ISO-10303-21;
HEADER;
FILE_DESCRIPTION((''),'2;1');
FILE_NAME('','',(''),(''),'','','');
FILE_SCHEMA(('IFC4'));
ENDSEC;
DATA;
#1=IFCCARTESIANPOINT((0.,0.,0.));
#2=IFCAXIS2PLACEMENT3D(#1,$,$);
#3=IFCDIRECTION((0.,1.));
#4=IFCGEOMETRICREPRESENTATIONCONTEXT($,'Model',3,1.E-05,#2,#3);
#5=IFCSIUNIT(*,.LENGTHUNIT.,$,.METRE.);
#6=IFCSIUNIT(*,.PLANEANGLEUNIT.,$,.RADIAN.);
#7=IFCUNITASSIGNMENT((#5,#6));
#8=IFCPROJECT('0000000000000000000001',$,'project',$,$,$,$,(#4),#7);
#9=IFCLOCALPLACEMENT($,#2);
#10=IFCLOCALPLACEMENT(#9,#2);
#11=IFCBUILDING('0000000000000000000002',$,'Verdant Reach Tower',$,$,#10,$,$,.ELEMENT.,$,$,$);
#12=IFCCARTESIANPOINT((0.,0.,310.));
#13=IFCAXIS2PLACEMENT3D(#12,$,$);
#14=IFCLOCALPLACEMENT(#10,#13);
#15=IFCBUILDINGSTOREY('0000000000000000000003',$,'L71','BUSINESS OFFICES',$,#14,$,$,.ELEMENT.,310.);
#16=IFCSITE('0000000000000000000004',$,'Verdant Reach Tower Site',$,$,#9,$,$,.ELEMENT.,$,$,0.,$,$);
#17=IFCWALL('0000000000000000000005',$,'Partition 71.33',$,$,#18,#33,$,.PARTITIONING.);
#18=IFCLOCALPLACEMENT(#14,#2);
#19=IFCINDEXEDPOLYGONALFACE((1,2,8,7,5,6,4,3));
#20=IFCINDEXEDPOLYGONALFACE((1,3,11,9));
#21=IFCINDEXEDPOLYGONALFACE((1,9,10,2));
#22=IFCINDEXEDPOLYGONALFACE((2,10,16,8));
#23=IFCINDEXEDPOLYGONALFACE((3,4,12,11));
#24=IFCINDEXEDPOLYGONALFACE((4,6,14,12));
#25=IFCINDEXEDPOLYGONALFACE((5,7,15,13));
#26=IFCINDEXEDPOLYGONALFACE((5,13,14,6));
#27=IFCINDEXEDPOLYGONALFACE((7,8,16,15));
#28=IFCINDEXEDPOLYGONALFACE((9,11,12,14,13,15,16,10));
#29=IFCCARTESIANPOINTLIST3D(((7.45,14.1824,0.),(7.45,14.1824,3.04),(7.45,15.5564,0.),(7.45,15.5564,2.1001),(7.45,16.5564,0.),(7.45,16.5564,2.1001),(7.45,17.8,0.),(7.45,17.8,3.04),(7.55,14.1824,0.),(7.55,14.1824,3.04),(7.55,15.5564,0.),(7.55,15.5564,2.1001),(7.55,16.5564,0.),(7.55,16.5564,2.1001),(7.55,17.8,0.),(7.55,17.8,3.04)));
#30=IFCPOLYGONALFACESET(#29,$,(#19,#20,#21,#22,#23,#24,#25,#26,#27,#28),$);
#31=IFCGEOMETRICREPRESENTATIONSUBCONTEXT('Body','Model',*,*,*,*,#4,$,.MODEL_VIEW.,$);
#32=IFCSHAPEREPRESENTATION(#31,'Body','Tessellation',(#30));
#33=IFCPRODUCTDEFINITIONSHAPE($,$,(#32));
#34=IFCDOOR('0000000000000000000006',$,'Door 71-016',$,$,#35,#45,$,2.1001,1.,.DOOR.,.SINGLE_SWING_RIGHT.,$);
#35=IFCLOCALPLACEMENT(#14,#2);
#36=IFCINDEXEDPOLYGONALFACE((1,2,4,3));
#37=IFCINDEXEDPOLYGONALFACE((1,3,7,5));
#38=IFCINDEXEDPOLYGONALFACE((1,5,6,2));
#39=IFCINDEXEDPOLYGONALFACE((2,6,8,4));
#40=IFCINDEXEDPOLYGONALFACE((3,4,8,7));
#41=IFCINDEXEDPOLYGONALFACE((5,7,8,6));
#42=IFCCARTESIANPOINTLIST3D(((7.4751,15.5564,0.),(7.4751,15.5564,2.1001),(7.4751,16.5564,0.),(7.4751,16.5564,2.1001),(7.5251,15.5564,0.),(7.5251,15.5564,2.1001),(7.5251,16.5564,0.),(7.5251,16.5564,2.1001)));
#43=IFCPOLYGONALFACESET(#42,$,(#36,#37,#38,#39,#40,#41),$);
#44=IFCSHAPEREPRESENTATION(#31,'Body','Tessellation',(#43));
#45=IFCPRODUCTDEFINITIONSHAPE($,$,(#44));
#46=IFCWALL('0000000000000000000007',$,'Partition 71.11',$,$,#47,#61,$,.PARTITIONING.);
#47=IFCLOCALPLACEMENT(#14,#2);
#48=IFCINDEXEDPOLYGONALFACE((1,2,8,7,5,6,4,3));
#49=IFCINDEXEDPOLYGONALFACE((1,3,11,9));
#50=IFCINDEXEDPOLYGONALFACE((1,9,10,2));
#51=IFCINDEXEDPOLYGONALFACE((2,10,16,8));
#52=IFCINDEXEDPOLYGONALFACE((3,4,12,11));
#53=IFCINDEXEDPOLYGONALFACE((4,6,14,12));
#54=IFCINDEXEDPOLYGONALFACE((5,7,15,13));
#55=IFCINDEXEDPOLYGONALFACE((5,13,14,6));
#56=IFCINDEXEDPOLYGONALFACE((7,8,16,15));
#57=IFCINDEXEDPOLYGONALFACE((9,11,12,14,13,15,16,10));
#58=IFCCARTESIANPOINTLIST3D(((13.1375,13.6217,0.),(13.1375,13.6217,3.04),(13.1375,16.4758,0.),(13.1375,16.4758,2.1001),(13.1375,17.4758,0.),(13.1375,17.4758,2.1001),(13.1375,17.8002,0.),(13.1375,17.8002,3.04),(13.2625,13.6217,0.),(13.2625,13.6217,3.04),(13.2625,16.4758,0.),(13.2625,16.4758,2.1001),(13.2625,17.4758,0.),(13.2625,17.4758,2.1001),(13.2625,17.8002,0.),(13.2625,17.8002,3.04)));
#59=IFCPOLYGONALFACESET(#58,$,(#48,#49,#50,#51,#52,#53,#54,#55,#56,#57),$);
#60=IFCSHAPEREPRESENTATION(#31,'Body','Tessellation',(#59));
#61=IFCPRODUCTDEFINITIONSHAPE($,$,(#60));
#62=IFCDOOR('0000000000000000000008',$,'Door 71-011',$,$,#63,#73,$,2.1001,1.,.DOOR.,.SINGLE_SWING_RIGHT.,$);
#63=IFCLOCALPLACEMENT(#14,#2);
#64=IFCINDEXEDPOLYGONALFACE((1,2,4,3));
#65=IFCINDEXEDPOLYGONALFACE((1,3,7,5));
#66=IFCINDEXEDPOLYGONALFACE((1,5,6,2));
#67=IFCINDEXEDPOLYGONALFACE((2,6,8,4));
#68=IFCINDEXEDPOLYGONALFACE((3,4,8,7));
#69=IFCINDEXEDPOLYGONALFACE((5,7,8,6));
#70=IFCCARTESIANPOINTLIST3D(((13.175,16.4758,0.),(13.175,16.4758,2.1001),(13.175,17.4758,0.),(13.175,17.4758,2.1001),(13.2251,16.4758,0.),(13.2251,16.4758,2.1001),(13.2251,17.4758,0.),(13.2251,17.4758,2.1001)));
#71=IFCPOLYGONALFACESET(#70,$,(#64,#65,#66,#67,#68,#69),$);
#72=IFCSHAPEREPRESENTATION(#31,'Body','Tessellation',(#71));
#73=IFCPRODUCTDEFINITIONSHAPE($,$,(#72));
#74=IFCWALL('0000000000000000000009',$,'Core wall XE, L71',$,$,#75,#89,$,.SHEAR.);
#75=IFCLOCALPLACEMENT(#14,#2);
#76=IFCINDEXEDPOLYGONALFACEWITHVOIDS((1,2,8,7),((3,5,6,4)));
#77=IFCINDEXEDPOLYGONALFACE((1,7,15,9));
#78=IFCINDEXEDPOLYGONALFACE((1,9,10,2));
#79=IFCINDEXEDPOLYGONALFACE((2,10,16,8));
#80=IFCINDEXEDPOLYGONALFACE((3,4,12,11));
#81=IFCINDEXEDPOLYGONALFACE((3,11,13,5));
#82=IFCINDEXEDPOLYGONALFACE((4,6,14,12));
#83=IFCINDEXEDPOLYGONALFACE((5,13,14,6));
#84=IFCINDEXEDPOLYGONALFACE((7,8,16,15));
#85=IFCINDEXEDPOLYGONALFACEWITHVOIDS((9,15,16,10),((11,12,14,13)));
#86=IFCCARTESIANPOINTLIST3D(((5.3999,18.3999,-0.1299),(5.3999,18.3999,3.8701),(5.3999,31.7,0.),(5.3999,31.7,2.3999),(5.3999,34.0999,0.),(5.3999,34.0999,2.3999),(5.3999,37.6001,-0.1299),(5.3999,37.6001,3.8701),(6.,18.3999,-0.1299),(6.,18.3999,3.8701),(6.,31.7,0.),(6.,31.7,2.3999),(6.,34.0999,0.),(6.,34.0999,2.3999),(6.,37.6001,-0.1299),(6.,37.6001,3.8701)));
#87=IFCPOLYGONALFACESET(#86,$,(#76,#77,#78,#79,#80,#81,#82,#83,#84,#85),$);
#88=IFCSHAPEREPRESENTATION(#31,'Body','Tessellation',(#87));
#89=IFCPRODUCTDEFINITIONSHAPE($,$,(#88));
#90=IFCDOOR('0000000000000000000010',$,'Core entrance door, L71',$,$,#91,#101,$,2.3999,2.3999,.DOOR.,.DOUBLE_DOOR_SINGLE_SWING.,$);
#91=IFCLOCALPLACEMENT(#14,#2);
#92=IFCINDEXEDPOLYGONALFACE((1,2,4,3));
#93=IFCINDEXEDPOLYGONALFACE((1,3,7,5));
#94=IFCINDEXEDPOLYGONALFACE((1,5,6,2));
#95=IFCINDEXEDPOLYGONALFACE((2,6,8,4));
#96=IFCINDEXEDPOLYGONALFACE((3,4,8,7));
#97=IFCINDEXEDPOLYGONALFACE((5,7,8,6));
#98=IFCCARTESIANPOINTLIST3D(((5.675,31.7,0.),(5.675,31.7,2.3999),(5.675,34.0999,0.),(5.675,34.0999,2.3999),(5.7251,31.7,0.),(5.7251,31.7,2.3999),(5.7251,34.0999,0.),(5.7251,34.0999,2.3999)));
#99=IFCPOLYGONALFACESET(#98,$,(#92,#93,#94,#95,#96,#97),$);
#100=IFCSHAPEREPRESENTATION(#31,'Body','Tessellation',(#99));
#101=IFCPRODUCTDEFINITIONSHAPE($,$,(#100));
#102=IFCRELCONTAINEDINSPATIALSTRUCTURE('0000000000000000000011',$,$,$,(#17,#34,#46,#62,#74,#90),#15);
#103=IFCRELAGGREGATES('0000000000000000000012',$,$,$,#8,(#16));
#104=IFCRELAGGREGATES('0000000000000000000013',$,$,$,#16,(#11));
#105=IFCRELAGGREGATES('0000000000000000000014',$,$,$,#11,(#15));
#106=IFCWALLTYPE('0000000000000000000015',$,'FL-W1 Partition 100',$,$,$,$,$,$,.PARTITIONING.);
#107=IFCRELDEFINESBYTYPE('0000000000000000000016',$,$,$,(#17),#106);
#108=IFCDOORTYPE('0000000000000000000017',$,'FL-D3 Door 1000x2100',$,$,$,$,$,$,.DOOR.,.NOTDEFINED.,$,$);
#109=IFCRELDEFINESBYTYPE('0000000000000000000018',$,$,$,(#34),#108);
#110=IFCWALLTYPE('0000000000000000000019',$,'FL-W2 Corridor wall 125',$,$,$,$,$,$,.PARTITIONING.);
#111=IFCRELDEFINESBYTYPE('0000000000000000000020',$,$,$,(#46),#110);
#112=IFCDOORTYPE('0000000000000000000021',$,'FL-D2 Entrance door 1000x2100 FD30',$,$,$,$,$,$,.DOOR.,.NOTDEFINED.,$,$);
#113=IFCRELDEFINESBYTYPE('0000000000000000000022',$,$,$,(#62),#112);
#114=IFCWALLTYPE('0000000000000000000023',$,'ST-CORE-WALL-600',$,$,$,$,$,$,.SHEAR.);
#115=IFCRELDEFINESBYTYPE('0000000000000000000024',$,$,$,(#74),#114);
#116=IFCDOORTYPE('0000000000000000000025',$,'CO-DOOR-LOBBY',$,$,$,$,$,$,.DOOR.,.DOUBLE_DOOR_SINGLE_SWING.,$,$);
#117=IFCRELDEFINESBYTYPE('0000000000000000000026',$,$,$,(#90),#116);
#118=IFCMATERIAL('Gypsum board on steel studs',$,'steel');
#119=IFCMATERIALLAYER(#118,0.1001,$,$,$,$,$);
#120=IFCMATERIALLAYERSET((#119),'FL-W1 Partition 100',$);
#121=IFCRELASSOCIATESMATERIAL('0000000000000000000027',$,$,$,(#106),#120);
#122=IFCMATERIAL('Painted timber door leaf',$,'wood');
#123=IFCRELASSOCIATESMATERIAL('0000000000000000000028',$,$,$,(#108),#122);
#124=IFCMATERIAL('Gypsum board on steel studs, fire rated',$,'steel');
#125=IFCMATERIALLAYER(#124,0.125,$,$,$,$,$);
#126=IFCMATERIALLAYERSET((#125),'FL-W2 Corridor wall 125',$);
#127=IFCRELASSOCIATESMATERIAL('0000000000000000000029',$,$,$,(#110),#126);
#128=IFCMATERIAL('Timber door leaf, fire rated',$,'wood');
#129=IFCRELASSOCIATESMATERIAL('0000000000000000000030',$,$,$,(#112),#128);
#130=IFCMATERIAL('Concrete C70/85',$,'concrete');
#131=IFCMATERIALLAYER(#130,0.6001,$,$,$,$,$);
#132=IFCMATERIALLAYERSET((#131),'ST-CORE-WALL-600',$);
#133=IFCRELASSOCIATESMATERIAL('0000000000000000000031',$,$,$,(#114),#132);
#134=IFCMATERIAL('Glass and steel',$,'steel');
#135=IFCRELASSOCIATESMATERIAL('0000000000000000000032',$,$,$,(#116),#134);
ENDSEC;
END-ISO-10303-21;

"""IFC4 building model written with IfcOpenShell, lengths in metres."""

from ifc_helpers import new_model, si_unit, direction, frame, frame_2d, origin, place, context, subcontext, project, spatial, rectangle, extrude, material, layer, layer_set, type_object, element, fill, save


model = new_model("IFC4")

# Units and contexts
model_context = context("Model", 3, precision=1e-05, world=origin(), true_north=direction((0.0, 1.0)))
body_context = subcontext(model_context, "Body", "Model", "MODEL_VIEW")
ifc_project = project(units=[si_unit("LENGTHUNIT", "METRE"), si_unit("PLANEANGLEUNIT", "RADIAN")], contexts=[model_context])

# Site, building, storey
site_placement = place(None, origin())
site = spatial("IfcSite", under=ifc_project, at=site_placement, Name="Verdant Reach Tower Site", CompositionType="ELEMENT", RefElevation=0.0)
building_placement = place(site_placement, origin())
building = spatial("IfcBuilding", under=site, at=building_placement, Name="Verdant Reach Tower", CompositionType="ELEMENT")
storey_placement = place(building_placement, frame((0.0, 0.0, 310.0)))
storey = spatial("IfcBuildingStorey", under=building, at=storey_placement, Name="L71", Description="BUSINESS OFFICES", CompositionType="ELEMENT", Elevation=310.0)

# Shared definitions
ifc_material_1 = material(Name="Gypsum board on steel studs", Category="steel")
ifc_layer_1 = layer(ifc_material_1, 0.1001)
ifc_layer_set_1 = layer_set([ifc_layer_1], Name="FL-W1 Partition 100")
wall_type_1 = type_object("IfcWallType", Name="FL-W1 Partition 100", PredefinedType="PARTITIONING", material=ifc_layer_set_1)

# Walls, openings, doors
wall_1_placement = place(storey_placement, frame((7.5, 14.1824, 0.0), z_axis=(0.0, 0.0, 1.0), x_axis=(0.0, 1.0, 0.0)))
wall_1 = element("IfcWall", 1, at=wall_1_placement, inside=storey, type_object=wall_type_1, Name="Partition 71.33", PredefinedType="PARTITIONING", context=body_context, shape_type="SweptSolid", body=[
    extrude(rectangle(XDim=3.6177, YDim=0.1001, at=frame_2d((1.8088, 0.0))), origin(), (0.0, 0.0, 1.0), 3.04),
])
opening_1_placement = place(wall_1_placement, frame((1.374, 0.0, 0.0)))
opening_1 = element("IfcOpeningElement", 2, at=opening_1_placement, cuts=wall_1, PredefinedType="OPENING", context=body_context, shape_type="SweptSolid", body=[
    extrude(rectangle(XDim=1.0, YDim=2.1001, at=frame_2d((0.5, 1.05))), frame((0.0, 0.0601, 0.0), z_axis=(0.0, -1.0, 0.0), x_axis=(1.0, 0.0, 0.0)), (0.0, 0.0, 1.0), 0.1201),
])
ifc_material_2 = material(Name="Painted timber door leaf", Category="wood")
door_type_1 = type_object("IfcDoorType", Name="FL-D3 Door 1000x2100", OperationType="NOTDEFINED", PredefinedType="DOOR", material=ifc_material_2)
door_1_placement = place(opening_1_placement, origin())
door_1 = element("IfcDoor", 3, at=door_1_placement, inside=storey, type_object=door_type_1, Name="Door 71-016", OperationType="SINGLE_SWING_RIGHT", OverallHeight=2.1001, OverallWidth=1.0, PredefinedType="DOOR", context=body_context, shape_type="SweptSolid", body=[
    extrude(rectangle(XDim=1.0, YDim=2.1001, at=frame_2d((0.5, 1.05))), frame((0.0, 0.0249, 0.0), z_axis=(0.0, -1.0, 0.0), x_axis=(1.0, 0.0, 0.0)), (0.0, 0.0, 1.0), 0.05),
])
fill(opening_1, door_1)
ifc_material_3 = material(Name="Gypsum board on steel studs, fire rated", Category="steel")
ifc_layer_2 = layer(ifc_material_3, 0.125)
ifc_layer_set_2 = layer_set([ifc_layer_2], Name="FL-W2 Corridor wall 125")
wall_type_2 = type_object("IfcWallType", Name="FL-W2 Corridor wall 125", PredefinedType="PARTITIONING", material=ifc_layer_set_2)
wall_2_placement = place(storey_placement, frame((13.2, 13.6216, 0.0), z_axis=(0.0, 0.0, 1.0), x_axis=(0.0, 1.0, 0.0)))
wall_2 = element("IfcWall", 4, at=wall_2_placement, inside=storey, type_object=wall_type_2, Name="Partition 71.11", PredefinedType="PARTITIONING", context=body_context, shape_type="SweptSolid", body=[
    extrude(rectangle(XDim=4.1785, YDim=0.125, at=frame_2d((2.0894, 0.0))), origin(), (0.0, 0.0, 1.0), 3.04),
])
opening_2_placement = place(wall_2_placement, frame((2.8542, 0.0, 0.0)))
opening_2 = element("IfcOpeningElement", 5, at=opening_2_placement, cuts=wall_2, PredefinedType="OPENING", context=body_context, shape_type="SweptSolid", body=[
    extrude(rectangle(XDim=1.0, YDim=2.1001, at=frame_2d((0.5, 1.05))), frame((0.0, 0.0725, 0.0), z_axis=(0.0, -1.0, 0.0), x_axis=(1.0, 0.0, 0.0)), (0.0, 0.0, 1.0), 0.145),
])
ifc_material_4 = material(Name="Timber door leaf, fire rated", Category="wood")
door_type_2 = type_object("IfcDoorType", Name="FL-D2 Entrance door 1000x2100 FD30", OperationType="NOTDEFINED", PredefinedType="DOOR", material=ifc_material_4)
door_2_placement = place(opening_2_placement, origin())
door_2 = element("IfcDoor", 6, at=door_2_placement, inside=storey, type_object=door_type_2, Name="Door 71-011", OperationType="SINGLE_SWING_RIGHT", OverallHeight=2.1001, OverallWidth=1.0, PredefinedType="DOOR", context=body_context, shape_type="SweptSolid", body=[
    extrude(rectangle(XDim=1.0, YDim=2.1001, at=frame_2d((0.5, 1.05))), frame((0.0, 0.0249, 0.0), z_axis=(0.0, -1.0, 0.0), x_axis=(1.0, 0.0, 0.0)), (0.0, 0.0, 1.0), 0.05),
])
fill(opening_2, door_2)
ifc_material_5 = material(Name="Concrete C70/85", Category="concrete")
ifc_layer_3 = layer(ifc_material_5, 0.6001)
ifc_layer_set_3 = layer_set([ifc_layer_3], Name="ST-CORE-WALL-600")
wall_type_3 = type_object("IfcWallType", Name="ST-CORE-WALL-600", PredefinedType="SHEAR", material=ifc_layer_set_3)
wall_3_placement = place(storey_placement, frame((5.7, 18.3999, -0.1299), z_axis=(0.0, 0.0, 1.0), x_axis=(0.0, 1.0, 0.0)))
wall_3 = element("IfcWall", 7, at=wall_3_placement, inside=storey, type_object=wall_type_3, Name="Core wall XE, L71", PredefinedType="SHEAR", context=body_context, shape_type="SweptSolid", body=[
    extrude(rectangle(XDim=19.2002, YDim=0.6001, at=frame_2d((9.6001, 0.0))), origin(), (0.0, 0.0, 1.0), 4.0),
])
opening_3_placement = place(wall_3_placement, frame((13.3, 0.0, 0.1299)))
opening_3 = element("IfcOpeningElement", 8, at=opening_3_placement, cuts=wall_3, PredefinedType="OPENING", context=body_context, shape_type="SweptSolid", body=[
    extrude(rectangle(XDim=2.3999, YDim=2.3999, at=frame_2d((1.2, 1.2))), frame((0.0, 0.3101, 0.0), z_axis=(0.0, -1.0, 0.0), x_axis=(1.0, 0.0, 0.0)), (0.0, 0.0, 1.0), 0.6201),
])
ifc_material_6 = material(Name="Glass and steel", Category="steel")
door_type_3 = type_object("IfcDoorType", Name="CO-DOOR-LOBBY", OperationType="DOUBLE_DOOR_SINGLE_SWING", PredefinedType="DOOR", material=ifc_material_6)
door_3_placement = place(opening_3_placement, origin())
door_3 = element("IfcDoor", 9, at=door_3_placement, inside=storey, type_object=door_type_3, Name="Core entrance door, L71", OperationType="DOUBLE_DOOR_SINGLE_SWING", OverallHeight=2.3999, OverallWidth=2.3999, PredefinedType="DOOR", context=body_context, shape_type="SweptSolid", body=[
    extrude(rectangle(XDim=2.3999, YDim=2.3999, at=frame_2d((1.2, 1.2))), frame((0.0, 0.0249, 0.0), z_axis=(0.0, -1.0, 0.0), x_axis=(1.0, 0.0, 0.0)), (0.0, 0.0, 1.0), 0.05),
])
fill(opening_3, door_3)

save(model, "model.ifc")
